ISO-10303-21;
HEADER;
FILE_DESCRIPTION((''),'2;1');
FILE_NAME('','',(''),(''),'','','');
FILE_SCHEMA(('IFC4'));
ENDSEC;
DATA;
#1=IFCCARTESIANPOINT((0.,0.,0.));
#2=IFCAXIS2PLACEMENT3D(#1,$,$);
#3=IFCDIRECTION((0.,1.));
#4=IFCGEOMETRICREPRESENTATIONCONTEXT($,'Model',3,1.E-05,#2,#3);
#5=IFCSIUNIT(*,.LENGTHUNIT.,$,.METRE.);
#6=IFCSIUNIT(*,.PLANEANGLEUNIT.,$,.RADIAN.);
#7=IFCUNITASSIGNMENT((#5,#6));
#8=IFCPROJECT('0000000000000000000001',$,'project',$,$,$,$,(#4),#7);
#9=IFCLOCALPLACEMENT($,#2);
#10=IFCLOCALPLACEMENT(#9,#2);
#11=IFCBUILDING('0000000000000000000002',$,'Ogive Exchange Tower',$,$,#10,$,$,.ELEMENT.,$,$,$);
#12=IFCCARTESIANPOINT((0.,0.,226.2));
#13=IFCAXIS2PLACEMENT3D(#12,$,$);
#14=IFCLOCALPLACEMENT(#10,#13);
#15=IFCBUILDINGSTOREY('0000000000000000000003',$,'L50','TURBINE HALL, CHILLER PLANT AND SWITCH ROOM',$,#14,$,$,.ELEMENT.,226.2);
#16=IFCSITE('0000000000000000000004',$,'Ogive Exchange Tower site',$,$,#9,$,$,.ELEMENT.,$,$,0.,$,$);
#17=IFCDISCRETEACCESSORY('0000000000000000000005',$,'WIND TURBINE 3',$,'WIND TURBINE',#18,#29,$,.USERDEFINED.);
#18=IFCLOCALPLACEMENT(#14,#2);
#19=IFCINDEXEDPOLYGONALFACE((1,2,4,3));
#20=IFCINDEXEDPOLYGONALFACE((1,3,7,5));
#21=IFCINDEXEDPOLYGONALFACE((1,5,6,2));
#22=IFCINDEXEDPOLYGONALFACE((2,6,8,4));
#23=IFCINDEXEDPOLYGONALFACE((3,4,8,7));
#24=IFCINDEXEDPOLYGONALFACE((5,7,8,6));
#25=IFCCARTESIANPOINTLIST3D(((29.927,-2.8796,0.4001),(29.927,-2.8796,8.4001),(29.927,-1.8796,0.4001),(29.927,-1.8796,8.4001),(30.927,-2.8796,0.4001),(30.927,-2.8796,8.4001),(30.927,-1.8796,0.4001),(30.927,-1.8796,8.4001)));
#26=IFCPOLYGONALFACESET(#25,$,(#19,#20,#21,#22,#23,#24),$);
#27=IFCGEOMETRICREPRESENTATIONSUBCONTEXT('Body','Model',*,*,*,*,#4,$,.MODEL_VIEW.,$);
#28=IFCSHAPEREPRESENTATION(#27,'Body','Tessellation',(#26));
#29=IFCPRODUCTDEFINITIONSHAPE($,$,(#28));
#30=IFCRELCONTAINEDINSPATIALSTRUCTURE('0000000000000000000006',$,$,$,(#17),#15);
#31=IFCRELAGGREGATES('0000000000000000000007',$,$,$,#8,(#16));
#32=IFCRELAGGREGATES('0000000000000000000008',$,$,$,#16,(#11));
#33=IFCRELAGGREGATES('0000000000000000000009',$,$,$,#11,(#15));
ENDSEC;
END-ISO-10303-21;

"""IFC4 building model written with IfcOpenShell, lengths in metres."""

from ifc_helpers import new_model, si_unit, direction, frame, origin, origin_2d, place, context, subcontext, project, spatial, rectangle, extrude, element, save


model = new_model("IFC4")

# Units and contexts
model_context = context("Model", 3, precision=1e-05, world=origin(), true_north=direction((0.0, 1.0)))
body_context = subcontext(model_context, "Body", "Model", "MODEL_VIEW")
ifc_project = project(units=[si_unit("LENGTHUNIT", "METRE"), si_unit("PLANEANGLEUNIT", "RADIAN")], contexts=[model_context])

# Site, building, storey
site_placement = place(None, origin())
site = spatial("IfcSite", under=ifc_project, at=site_placement, Name="Ogive Exchange Tower site", CompositionType="ELEMENT", RefElevation=0.0)
building_placement = place(site_placement, origin())
building = spatial("IfcBuilding", under=site, at=building_placement, Name="Ogive Exchange Tower", CompositionType="ELEMENT")
storey_placement = place(building_placement, frame((0.0, 0.0, 226.2)))
storey = spatial("IfcBuildingStorey", under=building, at=storey_placement, Name="L50", Description="TURBINE HALL, CHILLER PLANT AND SWITCH ROOM", CompositionType="ELEMENT", Elevation=226.2)

# Discrete accessory
discrete_accessory_1_placement = place(storey_placement, frame((30.427, -2.3796, 0.4001), z_axis=(0.0, 0.0, 1.0), x_axis=(1.0, 0.0, 0.0)))
element("IfcDiscreteAccessory", 1, at=discrete_accessory_1_placement, inside=storey, Name="WIND TURBINE 3", ObjectType="WIND TURBINE", PredefinedType="USERDEFINED", context=body_context, shape_type="SweptSolid", body=[
    extrude(rectangle(XDim=1.0, YDim=1.0, at=origin_2d()), origin(), (0.0, 0.0, 1.0), 8.0),
])

save(model, "model.ifc")
